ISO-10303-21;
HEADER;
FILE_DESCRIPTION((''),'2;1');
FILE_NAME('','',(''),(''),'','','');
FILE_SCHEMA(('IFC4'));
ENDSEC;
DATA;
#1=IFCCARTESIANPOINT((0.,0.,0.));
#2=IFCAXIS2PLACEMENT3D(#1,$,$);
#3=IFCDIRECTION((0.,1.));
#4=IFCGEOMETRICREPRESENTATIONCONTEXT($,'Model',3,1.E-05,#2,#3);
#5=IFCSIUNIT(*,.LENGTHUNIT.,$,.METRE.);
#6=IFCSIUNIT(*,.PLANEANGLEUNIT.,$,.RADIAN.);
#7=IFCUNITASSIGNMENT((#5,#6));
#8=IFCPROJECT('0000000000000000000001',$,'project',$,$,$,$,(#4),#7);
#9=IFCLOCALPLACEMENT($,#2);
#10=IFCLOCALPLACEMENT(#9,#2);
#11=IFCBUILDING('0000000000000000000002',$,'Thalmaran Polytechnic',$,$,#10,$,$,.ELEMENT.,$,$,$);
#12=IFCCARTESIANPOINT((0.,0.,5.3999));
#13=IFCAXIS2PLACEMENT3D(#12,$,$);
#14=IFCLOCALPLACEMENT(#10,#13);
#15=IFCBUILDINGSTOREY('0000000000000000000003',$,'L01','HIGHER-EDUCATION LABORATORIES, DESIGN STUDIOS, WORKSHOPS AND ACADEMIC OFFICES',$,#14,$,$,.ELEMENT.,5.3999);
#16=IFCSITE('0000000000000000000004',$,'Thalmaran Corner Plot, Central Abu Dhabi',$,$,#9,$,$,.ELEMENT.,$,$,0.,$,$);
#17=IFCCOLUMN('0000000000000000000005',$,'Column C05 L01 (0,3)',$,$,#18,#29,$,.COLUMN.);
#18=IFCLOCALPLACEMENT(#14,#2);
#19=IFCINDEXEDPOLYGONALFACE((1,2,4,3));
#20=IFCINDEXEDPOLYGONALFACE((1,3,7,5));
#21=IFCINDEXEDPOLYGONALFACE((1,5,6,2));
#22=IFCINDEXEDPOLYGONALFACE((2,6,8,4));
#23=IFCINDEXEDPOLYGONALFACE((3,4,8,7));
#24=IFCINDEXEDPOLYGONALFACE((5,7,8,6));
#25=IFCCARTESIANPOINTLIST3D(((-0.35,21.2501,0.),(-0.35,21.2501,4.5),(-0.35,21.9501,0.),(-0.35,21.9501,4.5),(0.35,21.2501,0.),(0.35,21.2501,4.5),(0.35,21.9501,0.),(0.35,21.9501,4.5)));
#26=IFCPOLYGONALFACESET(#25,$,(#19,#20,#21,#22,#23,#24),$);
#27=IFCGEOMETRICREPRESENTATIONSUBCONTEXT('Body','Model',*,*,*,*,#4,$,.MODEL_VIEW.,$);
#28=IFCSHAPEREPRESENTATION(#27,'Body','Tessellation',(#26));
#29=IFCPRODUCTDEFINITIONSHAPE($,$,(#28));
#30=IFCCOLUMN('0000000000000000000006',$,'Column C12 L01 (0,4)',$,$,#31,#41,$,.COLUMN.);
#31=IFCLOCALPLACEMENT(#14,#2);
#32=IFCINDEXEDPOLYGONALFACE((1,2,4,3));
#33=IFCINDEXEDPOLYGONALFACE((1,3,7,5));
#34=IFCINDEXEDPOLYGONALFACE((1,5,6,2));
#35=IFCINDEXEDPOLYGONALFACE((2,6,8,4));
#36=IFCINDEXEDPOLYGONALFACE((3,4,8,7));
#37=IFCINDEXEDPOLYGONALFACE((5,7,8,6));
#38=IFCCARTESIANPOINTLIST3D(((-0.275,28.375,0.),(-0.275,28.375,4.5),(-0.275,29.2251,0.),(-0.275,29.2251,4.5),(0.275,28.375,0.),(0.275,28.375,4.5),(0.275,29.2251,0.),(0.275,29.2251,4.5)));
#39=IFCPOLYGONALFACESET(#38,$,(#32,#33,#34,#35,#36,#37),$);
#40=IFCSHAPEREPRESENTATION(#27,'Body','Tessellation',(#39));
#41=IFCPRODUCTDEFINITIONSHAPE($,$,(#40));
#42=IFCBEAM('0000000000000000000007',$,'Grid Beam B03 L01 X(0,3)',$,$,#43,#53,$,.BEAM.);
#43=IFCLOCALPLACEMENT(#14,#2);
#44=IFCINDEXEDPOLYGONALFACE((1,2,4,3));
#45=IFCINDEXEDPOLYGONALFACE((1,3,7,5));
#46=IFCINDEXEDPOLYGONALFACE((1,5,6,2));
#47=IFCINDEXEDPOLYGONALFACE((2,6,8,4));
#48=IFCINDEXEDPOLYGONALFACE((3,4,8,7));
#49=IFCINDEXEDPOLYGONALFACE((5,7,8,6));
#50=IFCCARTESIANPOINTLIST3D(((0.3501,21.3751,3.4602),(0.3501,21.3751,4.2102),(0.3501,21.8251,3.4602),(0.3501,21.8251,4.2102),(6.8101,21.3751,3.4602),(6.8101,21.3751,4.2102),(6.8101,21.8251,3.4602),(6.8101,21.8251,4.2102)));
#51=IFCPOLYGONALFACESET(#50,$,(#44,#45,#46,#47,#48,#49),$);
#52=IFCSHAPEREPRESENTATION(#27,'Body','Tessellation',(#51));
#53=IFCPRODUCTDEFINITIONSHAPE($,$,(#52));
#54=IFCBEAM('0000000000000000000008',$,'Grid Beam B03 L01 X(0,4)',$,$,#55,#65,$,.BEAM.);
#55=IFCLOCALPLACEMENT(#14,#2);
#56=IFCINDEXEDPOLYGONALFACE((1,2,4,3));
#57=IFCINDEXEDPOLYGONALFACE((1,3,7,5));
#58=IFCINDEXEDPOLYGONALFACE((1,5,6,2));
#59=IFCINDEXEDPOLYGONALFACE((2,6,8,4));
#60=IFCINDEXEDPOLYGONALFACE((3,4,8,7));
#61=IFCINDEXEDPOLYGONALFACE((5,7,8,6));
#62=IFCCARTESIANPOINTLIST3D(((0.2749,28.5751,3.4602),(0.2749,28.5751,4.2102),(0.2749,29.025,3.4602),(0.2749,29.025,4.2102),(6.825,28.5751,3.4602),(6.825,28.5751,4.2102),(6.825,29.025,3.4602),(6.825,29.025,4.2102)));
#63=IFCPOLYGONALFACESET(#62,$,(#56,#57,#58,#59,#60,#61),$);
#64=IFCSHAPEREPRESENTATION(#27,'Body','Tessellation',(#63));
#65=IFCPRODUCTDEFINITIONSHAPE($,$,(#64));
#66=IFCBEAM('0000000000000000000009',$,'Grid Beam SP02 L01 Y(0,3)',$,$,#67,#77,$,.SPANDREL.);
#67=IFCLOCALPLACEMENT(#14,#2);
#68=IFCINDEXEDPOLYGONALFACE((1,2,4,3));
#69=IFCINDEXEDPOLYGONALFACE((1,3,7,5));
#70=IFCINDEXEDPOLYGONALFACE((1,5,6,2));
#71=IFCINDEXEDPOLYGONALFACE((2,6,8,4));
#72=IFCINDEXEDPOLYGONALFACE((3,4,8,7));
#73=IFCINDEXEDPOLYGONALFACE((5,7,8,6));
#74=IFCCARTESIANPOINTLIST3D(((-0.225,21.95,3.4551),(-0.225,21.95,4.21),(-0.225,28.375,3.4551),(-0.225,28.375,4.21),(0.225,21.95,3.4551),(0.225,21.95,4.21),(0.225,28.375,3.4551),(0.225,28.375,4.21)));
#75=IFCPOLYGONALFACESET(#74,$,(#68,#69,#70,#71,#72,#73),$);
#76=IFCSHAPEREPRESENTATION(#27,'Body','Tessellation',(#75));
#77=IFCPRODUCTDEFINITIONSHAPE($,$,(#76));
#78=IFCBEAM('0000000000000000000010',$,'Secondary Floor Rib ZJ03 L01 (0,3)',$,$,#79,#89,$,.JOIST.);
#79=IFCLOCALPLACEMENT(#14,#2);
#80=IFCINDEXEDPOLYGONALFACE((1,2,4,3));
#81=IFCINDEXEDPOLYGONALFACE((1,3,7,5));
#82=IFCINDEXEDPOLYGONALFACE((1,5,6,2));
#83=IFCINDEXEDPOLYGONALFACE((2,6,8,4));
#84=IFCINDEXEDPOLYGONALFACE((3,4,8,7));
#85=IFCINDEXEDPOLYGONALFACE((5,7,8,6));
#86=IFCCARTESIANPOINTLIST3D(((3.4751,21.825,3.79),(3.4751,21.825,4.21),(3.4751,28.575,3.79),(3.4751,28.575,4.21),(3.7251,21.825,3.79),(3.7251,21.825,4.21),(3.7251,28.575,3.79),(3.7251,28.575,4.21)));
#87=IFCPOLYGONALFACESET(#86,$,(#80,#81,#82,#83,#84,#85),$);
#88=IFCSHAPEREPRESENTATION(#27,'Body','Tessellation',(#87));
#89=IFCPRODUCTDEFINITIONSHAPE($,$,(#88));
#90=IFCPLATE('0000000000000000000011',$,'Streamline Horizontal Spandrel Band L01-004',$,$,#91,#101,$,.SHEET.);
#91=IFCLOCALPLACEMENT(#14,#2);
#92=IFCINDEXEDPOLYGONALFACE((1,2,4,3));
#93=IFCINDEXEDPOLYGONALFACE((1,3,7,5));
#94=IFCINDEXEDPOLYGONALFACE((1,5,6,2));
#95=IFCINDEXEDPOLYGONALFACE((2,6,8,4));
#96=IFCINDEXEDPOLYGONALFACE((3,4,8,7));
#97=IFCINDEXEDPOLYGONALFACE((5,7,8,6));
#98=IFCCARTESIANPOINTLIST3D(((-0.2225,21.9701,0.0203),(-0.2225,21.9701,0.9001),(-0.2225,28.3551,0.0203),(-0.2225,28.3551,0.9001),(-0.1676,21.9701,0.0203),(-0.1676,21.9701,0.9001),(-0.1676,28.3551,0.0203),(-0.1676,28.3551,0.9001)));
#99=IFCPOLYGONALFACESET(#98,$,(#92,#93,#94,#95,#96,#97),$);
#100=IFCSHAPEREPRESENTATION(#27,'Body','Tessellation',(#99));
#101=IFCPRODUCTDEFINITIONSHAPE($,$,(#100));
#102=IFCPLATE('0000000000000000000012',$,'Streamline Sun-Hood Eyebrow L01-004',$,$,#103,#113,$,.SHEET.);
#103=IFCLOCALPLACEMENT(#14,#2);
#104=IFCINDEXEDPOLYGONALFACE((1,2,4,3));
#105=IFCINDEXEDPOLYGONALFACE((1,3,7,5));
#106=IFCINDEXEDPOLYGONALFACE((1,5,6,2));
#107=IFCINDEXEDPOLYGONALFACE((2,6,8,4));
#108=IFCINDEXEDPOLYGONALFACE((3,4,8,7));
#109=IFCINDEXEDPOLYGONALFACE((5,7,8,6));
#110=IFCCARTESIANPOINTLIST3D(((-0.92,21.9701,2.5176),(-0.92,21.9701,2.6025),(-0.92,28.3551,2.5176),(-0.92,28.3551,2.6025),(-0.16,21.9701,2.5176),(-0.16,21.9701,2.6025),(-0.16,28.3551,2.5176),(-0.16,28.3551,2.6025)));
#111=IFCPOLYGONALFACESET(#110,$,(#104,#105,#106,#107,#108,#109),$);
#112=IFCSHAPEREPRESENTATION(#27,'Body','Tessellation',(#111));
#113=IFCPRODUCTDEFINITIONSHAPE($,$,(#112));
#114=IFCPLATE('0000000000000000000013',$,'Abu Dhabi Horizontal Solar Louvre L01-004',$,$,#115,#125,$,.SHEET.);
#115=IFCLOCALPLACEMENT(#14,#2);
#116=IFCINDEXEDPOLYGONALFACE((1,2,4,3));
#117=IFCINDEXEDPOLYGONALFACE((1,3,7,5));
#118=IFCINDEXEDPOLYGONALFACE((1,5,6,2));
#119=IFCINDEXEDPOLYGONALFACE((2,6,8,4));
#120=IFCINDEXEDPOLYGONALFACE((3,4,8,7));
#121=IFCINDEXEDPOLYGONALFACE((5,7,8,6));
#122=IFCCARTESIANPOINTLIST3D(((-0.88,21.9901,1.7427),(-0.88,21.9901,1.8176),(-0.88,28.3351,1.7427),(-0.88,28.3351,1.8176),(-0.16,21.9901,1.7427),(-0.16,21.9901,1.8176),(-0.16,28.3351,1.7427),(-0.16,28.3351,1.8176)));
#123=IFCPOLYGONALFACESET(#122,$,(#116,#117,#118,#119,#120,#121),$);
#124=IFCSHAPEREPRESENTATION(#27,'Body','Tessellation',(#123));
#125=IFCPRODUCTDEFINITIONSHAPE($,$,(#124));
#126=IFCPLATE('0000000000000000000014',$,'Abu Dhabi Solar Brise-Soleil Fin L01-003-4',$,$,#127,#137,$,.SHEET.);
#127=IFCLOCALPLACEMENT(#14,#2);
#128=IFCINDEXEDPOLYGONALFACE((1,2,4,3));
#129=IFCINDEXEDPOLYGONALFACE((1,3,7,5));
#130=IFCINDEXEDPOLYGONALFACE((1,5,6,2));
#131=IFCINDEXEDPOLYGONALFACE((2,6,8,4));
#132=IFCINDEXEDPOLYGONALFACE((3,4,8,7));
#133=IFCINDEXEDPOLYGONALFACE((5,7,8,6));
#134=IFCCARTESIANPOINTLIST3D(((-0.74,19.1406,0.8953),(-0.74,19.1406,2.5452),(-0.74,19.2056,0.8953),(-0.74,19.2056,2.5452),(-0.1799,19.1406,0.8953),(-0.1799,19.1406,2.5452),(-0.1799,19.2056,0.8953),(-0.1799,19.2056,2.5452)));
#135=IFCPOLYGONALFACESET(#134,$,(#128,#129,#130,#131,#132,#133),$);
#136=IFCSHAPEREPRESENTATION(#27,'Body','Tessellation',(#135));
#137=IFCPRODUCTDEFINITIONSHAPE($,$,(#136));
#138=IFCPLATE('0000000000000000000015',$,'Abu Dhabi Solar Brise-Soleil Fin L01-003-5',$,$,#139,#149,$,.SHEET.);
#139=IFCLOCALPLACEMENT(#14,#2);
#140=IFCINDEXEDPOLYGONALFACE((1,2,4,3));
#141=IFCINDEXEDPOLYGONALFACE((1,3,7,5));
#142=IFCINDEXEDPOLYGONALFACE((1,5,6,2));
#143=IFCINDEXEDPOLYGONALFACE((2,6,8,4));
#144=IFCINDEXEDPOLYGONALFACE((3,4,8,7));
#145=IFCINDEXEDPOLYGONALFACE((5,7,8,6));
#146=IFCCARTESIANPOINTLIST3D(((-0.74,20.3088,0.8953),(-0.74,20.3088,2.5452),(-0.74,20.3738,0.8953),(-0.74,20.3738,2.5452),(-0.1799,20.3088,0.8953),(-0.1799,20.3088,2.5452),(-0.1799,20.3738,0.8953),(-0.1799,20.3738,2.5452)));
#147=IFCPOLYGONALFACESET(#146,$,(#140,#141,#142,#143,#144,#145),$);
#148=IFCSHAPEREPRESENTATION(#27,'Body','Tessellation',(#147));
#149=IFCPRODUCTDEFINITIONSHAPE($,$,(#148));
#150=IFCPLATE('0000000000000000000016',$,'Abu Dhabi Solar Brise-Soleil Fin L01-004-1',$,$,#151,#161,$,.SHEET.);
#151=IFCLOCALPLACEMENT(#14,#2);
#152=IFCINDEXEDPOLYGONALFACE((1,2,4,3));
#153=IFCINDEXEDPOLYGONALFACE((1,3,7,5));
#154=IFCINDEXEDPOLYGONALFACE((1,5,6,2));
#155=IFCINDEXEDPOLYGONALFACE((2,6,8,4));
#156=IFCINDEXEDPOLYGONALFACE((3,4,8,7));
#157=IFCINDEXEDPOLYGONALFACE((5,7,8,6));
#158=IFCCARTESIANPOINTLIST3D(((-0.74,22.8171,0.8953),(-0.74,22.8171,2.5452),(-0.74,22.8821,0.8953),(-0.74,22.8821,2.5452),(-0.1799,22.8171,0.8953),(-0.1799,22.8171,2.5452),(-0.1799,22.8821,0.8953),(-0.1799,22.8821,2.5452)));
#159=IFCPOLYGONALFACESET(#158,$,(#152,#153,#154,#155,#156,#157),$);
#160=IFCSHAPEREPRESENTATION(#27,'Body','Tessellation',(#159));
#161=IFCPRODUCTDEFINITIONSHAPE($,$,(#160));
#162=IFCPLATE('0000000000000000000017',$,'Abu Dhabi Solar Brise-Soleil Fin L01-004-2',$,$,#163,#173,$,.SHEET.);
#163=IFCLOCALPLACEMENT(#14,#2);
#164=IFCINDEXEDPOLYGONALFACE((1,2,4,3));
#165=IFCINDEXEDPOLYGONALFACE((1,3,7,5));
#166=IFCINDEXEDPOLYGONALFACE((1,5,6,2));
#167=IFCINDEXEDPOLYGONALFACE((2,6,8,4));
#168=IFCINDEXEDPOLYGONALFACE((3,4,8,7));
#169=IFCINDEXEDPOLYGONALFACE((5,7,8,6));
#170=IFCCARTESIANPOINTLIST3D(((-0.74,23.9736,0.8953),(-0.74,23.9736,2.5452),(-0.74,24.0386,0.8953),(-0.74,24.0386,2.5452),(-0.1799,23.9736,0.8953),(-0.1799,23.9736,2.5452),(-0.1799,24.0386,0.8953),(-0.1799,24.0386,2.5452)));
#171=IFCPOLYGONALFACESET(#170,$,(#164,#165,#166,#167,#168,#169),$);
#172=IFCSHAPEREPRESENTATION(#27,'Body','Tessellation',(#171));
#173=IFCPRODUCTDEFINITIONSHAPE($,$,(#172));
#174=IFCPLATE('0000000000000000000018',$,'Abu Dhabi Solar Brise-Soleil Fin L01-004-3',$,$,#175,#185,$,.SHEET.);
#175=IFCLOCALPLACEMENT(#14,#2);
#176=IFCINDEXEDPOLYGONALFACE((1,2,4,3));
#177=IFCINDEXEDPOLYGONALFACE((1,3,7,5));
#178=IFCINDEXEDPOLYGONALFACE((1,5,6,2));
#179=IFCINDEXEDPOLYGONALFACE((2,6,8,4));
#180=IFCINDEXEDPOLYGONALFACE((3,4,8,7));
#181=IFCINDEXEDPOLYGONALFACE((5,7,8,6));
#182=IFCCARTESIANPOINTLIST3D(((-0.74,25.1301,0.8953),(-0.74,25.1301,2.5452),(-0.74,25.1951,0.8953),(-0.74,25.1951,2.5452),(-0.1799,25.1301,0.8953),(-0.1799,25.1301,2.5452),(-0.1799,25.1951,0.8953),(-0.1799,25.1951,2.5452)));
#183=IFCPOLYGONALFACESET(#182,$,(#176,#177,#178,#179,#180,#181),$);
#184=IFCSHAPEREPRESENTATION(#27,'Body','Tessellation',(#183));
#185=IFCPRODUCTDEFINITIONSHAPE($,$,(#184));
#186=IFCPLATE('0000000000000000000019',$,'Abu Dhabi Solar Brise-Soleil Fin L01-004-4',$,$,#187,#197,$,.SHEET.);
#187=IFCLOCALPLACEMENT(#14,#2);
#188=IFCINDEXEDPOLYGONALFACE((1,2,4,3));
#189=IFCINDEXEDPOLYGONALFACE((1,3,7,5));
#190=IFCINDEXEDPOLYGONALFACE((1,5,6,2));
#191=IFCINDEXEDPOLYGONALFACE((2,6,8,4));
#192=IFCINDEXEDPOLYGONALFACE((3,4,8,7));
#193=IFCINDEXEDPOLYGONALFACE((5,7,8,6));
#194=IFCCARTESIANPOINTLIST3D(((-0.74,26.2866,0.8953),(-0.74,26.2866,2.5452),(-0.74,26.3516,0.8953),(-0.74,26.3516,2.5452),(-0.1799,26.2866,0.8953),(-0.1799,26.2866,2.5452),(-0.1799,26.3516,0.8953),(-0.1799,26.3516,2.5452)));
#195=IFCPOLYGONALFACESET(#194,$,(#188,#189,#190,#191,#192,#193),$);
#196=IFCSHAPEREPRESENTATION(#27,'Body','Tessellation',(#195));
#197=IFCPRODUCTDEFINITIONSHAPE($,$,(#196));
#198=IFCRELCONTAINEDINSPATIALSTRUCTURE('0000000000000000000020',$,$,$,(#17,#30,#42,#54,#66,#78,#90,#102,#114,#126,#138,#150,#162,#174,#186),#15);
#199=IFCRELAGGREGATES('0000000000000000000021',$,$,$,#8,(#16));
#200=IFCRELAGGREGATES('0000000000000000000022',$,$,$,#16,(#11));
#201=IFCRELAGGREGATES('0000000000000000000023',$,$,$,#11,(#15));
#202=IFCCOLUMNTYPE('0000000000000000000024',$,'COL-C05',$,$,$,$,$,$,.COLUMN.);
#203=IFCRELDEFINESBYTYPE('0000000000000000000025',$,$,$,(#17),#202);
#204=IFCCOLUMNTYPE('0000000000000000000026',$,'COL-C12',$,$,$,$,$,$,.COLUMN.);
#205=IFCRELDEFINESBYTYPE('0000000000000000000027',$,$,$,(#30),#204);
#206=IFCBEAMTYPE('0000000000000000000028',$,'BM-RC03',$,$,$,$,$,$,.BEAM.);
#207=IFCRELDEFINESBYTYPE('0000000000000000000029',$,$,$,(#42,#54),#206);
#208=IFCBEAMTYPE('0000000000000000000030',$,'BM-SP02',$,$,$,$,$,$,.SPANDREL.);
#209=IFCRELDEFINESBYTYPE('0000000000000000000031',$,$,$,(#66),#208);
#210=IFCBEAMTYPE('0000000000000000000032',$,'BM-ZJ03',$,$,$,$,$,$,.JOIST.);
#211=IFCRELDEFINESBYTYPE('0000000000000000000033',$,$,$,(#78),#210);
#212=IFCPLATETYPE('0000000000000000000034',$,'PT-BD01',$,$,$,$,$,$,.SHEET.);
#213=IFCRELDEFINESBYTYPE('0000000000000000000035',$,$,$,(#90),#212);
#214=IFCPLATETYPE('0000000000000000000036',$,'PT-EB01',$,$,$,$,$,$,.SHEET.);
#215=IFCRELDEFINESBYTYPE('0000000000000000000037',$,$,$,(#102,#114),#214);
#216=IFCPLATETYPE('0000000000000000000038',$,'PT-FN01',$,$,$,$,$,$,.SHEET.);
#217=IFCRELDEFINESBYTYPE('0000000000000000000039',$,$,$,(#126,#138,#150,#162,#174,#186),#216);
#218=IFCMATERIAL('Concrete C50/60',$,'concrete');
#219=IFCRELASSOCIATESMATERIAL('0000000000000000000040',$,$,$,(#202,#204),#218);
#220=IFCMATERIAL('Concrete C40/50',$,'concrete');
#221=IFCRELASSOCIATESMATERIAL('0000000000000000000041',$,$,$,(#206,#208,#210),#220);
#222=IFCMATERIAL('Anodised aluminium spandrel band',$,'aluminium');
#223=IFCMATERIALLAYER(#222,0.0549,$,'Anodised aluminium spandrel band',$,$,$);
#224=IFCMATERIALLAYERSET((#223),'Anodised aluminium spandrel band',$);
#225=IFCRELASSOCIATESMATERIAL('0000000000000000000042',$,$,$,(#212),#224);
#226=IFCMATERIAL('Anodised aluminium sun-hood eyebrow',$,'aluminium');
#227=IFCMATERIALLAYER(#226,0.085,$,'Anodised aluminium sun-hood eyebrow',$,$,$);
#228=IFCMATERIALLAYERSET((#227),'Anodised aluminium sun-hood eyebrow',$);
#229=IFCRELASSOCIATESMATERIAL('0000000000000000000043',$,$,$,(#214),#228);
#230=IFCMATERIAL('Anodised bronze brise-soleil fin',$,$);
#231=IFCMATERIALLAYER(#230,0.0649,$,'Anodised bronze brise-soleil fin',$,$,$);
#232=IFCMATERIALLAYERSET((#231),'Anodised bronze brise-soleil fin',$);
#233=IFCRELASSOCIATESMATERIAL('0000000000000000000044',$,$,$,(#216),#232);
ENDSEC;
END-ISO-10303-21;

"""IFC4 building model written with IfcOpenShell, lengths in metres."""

from ifc_helpers import new_model, si_unit, direction, frame, origin, origin_2d, place, context, subcontext, project, spatial, rectangle, extrude, material, layer, layer_set, material_profile, profile_set, type_object, element, save


model = new_model("IFC4")

# Units and contexts
model_context = context("Model", 3, precision=1e-05, world=origin(), true_north=direction((0.0, 1.0)))
body_context = subcontext(model_context, "Body", "Model", "MODEL_VIEW")
ifc_project = project(units=[si_unit("LENGTHUNIT", "METRE"), si_unit("PLANEANGLEUNIT", "RADIAN")], contexts=[model_context])

# Site, building, storey
site_placement = place(None, origin())
site = spatial("IfcSite", under=ifc_project, at=site_placement, Name="Thalmaran Corner Plot, Central Abu Dhabi", CompositionType="ELEMENT", RefElevation=0.0)
building_placement = place(site_placement, origin())
building = spatial("IfcBuilding", under=site, at=building_placement, Name="Thalmaran Polytechnic", CompositionType="ELEMENT")
storey_placement = place(building_placement, frame((0.0, 0.0, 5.3999)))
storey = spatial("IfcBuildingStorey", under=building, at=storey_placement, Name="L01", Description="HIGHER-EDUCATION LABORATORIES, DESIGN STUDIOS, WORKSHOPS AND ACADEMIC OFFICES", CompositionType="ELEMENT", Elevation=5.3999)

# Columns
ifc_material_1 = material(Name="Concrete C50/60", Category="concrete")
ifc_material_profile_1 = material_profile(ifc_material_1, rectangle(XDim=0.7, YDim=0.7, at=origin_2d()), Name="RC 700x700")
ifc_profile_set_1 = profile_set([ifc_material_profile_1], Name="Concrete C50/60")
column_type_1 = type_object("IfcColumnType", Name="COL-C05", PredefinedType="COLUMN", material=ifc_profile_set_1)
column_1_placement = place(storey_placement, frame((0.0, 21.6001, 0.0), z_axis=(0.0, 0.0, 1.0), x_axis=(1.0, 0.0, 0.0)))
element("IfcColumn", 1, at=column_1_placement, inside=storey, type_object=column_type_1, Name="Column C05 L01 (0,3)", PredefinedType="COLUMN", context=body_context, shape_type="SweptSolid", body=[
    extrude(rectangle(XDim=0.7, YDim=0.7, at=origin_2d()), origin(), (0.0, 0.0, 1.0), 4.5),
])
ifc_material_profile_2 = material_profile(ifc_material_1, rectangle(XDim=0.55, YDim=0.8501, at=origin_2d()), Name="RC 550x850")
ifc_profile_set_2 = profile_set([ifc_material_profile_2], Name="Concrete C50/60")
column_type_2 = type_object("IfcColumnType", Name="COL-C12", PredefinedType="COLUMN", material=ifc_profile_set_2)
column_2_placement = place(storey_placement, frame((0.0, 28.8, 0.0), z_axis=(0.0, 0.0, 1.0), x_axis=(1.0, 0.0, 0.0)))
element("IfcColumn", 2, at=column_2_placement, inside=storey, type_object=column_type_2, Name="Column C12 L01 (0,4)", PredefinedType="COLUMN", context=body_context, shape_type="SweptSolid", body=[
    extrude(rectangle(XDim=0.55, YDim=0.8501, at=origin_2d()), origin(), (0.0, 0.0, 1.0), 4.5),
])

# Beams
ifc_material_2 = material(Name="Concrete C40/50", Category="concrete")
ifc_material_profile_3 = material_profile(ifc_material_2, rectangle(XDim=0.45, YDim=0.75, at=origin_2d()), Name="RC 450x750")
ifc_profile_set_3 = profile_set([ifc_material_profile_3], Name="Concrete C40/50")
beam_type_1 = type_object("IfcBeamType", Name="BM-RC03", PredefinedType="BEAM", material=ifc_profile_set_3)
beam_1_placement = place(storey_placement, frame((0.3501, 21.6001, 3.8352), z_axis=(1.0, 0.0, 0.0), x_axis=(0.0, 1.0, 0.0)))
element("IfcBeam", 3, at=beam_1_placement, inside=storey, type_object=beam_type_1, Name="Grid Beam B03 L01 X(0,3)", PredefinedType="BEAM", context=body_context, shape_type="SweptSolid", body=[
    extrude(rectangle(XDim=0.45, YDim=0.75, at=origin_2d()), origin(), (0.0, 0.0, 1.0), 6.46),
])
beam_2_placement = place(storey_placement, frame((0.2749, 28.8, 3.8352), z_axis=(1.0, 0.0, 0.0), x_axis=(0.0, 1.0, 0.0)))
element("IfcBeam", 4, at=beam_2_placement, inside=storey, type_object=beam_type_1, Name="Grid Beam B03 L01 X(0,4)", PredefinedType="BEAM", context=body_context, shape_type="SweptSolid", body=[
    extrude(rectangle(XDim=0.45, YDim=0.75, at=origin_2d()), origin(), (0.0, 0.0, 1.0), 6.55),
])
ifc_material_profile_4 = material_profile(ifc_material_2, rectangle(XDim=0.45, YDim=0.7549, at=origin_2d()), Name="RC 450x755")
ifc_profile_set_4 = profile_set([ifc_material_profile_4], Name="Concrete C40/50")
beam_type_2 = type_object("IfcBeamType", Name="BM-SP02", PredefinedType="SPANDREL", material=ifc_profile_set_4)
beam_3_placement = place(storey_placement, frame((0.0, 21.95, 3.8325), z_axis=(0.0, 1.0, 0.0), x_axis=(-1.0, 0.0, 0.0)))
element("IfcBeam", 5, at=beam_3_placement, inside=storey, type_object=beam_type_2, Name="Grid Beam SP02 L01 Y(0,3)", PredefinedType="SPANDREL", context=body_context, shape_type="SweptSolid", body=[
    extrude(rectangle(XDim=0.45, YDim=0.7549, at=origin_2d()), origin(), (0.0, 0.0, 1.0), 6.425),
])
ifc_material_profile_5 = material_profile(ifc_material_2, rectangle(XDim=0.25, YDim=0.4199, at=origin_2d()), Name="RC 250x420")
ifc_profile_set_5 = profile_set([ifc_material_profile_5], Name="Concrete C40/50")
beam_type_3 = type_object("IfcBeamType", Name="BM-ZJ03", PredefinedType="JOIST", material=ifc_profile_set_5)
beam_4_placement = place(storey_placement, frame((3.6001, 21.825, 4.0), z_axis=(0.0, 1.0, 0.0), x_axis=(-1.0, 0.0, 0.0)))
element("IfcBeam", 6, at=beam_4_placement, inside=storey, type_object=beam_type_3, Name="Secondary Floor Rib ZJ03 L01 (0,3)", PredefinedType="JOIST", context=body_context, shape_type="SweptSolid", body=[
    extrude(rectangle(XDim=0.25, YDim=0.4199, at=origin_2d()), origin(), (0.0, 0.0, 1.0), 6.75),
])

# Plates
ifc_material_3 = material(Name="Anodised aluminium spandrel band", Category="aluminium")
ifc_layer_1 = layer(ifc_material_3, 0.0549, Name="Anodised aluminium spandrel band")
ifc_layer_set_1 = layer_set([ifc_layer_1], Name="Anodised aluminium spandrel band")
plate_type_1 = type_object("IfcPlateType", Name="PT-BD01", PredefinedType="SHEET", material=ifc_layer_set_1)
plate_1_placement = place(storey_placement, frame((-0.1951, 25.1626, 0.0203), z_axis=(0.0, 0.0, 1.0), x_axis=(0.0, 1.0, 0.0)))
element("IfcPlate", 7, at=plate_1_placement, inside=storey, type_object=plate_type_1, Name="Streamline Horizontal Spandrel Band L01-004", PredefinedType="SHEET", context=body_context, shape_type="SweptSolid", body=[
    extrude(rectangle(XDim=6.385, YDim=0.0549, at=origin_2d()), origin(), (0.0, 0.0, 1.0), 0.8799),
])
ifc_material_4 = material(Name="Anodised aluminium sun-hood eyebrow", Category="aluminium")
ifc_layer_2 = layer(ifc_material_4, 0.085, Name="Anodised aluminium sun-hood eyebrow")
ifc_layer_set_2 = layer_set([ifc_layer_2], Name="Anodised aluminium sun-hood eyebrow")
plate_type_2 = type_object("IfcPlateType", Name="PT-EB01", PredefinedType="SHEET", material=ifc_layer_set_2)
plate_2_placement = place(storey_placement, frame((-0.54, 25.1626, 2.5176), z_axis=(0.0, 0.0, 1.0), x_axis=(0.0, 1.0, 0.0)))
element("IfcPlate", 8, at=plate_2_placement, inside=storey, type_object=plate_type_2, Name="Streamline Sun-Hood Eyebrow L01-004", PredefinedType="SHEET", context=body_context, shape_type="SweptSolid", body=[
    extrude(rectangle(XDim=6.385, YDim=0.76, at=origin_2d()), origin(), (0.0, 0.0, 1.0), 0.085),
])
plate_3_placement = place(storey_placement, frame((-0.52, 25.1626, 1.7427), z_axis=(0.0, 0.0, 1.0), x_axis=(0.0, 1.0, 0.0)))
element("IfcPlate", 9, at=plate_3_placement, inside=storey, type_object=plate_type_2, Name="Abu Dhabi Horizontal Solar Louvre L01-004", PredefinedType="SHEET", context=body_context, shape_type="SweptSolid", body=[
    extrude(rectangle(XDim=6.345, YDim=0.72, at=origin_2d()), origin(), (0.0, 0.0, 1.0), 0.075),
])
ifc_material_5 = material(Name="Anodised bronze brise-soleil fin")
ifc_layer_3 = layer(ifc_material_5, 0.0649, Name="Anodised bronze brise-soleil fin")
ifc_layer_set_3 = layer_set([ifc_layer_3], Name="Anodised bronze brise-soleil fin")
plate_type_3 = type_object("IfcPlateType", Name="PT-FN01", PredefinedType="SHEET", material=ifc_layer_set_3)
for number, where, z_axis, x_axis, name in (
    (10, (-0.46, 19.1731, 0.8953), (0.0, 0.0, 1.0), (0.0, 1.0, 0.0), "Abu Dhabi Solar Brise-Soleil Fin L01-003-4"),
    (11, (-0.46, 20.3413, 0.8953), (0.0, 0.0, 1.0), (0.0, 1.0, 0.0), "Abu Dhabi Solar Brise-Soleil Fin L01-003-5"),
    (12, (-0.46, 22.8496, 0.8953), (0.0, 0.0, 1.0), (0.0, 1.0, 0.0), "Abu Dhabi Solar Brise-Soleil Fin L01-004-1"),
    (13, (-0.46, 24.0061, 0.8953), (0.0, 0.0, 1.0), (0.0, 1.0, 0.0), "Abu Dhabi Solar Brise-Soleil Fin L01-004-2"),
    (14, (-0.46, 25.1626, 0.8953), (0.0, 0.0, 1.0), (0.0, 1.0, 0.0), "Abu Dhabi Solar Brise-Soleil Fin L01-004-3"),
    (15, (-0.46, 26.3191, 0.8953), (0.0, 0.0, 1.0), (0.0, 1.0, 0.0), "Abu Dhabi Solar Brise-Soleil Fin L01-004-4"),
):
    element("IfcPlate", number, at=place(storey_placement, frame(where, z_axis=z_axis, x_axis=x_axis)), inside=storey, type_object=plate_type_3, Name=name, PredefinedType="SHEET", context=body_context, shape_type="SweptSolid", body=[
        extrude(rectangle(XDim=0.0649, YDim=0.5601, at=origin_2d()), origin(), (0.0, 0.0, 1.0), 1.6499),
    ])

save(model, "model.ifc")
